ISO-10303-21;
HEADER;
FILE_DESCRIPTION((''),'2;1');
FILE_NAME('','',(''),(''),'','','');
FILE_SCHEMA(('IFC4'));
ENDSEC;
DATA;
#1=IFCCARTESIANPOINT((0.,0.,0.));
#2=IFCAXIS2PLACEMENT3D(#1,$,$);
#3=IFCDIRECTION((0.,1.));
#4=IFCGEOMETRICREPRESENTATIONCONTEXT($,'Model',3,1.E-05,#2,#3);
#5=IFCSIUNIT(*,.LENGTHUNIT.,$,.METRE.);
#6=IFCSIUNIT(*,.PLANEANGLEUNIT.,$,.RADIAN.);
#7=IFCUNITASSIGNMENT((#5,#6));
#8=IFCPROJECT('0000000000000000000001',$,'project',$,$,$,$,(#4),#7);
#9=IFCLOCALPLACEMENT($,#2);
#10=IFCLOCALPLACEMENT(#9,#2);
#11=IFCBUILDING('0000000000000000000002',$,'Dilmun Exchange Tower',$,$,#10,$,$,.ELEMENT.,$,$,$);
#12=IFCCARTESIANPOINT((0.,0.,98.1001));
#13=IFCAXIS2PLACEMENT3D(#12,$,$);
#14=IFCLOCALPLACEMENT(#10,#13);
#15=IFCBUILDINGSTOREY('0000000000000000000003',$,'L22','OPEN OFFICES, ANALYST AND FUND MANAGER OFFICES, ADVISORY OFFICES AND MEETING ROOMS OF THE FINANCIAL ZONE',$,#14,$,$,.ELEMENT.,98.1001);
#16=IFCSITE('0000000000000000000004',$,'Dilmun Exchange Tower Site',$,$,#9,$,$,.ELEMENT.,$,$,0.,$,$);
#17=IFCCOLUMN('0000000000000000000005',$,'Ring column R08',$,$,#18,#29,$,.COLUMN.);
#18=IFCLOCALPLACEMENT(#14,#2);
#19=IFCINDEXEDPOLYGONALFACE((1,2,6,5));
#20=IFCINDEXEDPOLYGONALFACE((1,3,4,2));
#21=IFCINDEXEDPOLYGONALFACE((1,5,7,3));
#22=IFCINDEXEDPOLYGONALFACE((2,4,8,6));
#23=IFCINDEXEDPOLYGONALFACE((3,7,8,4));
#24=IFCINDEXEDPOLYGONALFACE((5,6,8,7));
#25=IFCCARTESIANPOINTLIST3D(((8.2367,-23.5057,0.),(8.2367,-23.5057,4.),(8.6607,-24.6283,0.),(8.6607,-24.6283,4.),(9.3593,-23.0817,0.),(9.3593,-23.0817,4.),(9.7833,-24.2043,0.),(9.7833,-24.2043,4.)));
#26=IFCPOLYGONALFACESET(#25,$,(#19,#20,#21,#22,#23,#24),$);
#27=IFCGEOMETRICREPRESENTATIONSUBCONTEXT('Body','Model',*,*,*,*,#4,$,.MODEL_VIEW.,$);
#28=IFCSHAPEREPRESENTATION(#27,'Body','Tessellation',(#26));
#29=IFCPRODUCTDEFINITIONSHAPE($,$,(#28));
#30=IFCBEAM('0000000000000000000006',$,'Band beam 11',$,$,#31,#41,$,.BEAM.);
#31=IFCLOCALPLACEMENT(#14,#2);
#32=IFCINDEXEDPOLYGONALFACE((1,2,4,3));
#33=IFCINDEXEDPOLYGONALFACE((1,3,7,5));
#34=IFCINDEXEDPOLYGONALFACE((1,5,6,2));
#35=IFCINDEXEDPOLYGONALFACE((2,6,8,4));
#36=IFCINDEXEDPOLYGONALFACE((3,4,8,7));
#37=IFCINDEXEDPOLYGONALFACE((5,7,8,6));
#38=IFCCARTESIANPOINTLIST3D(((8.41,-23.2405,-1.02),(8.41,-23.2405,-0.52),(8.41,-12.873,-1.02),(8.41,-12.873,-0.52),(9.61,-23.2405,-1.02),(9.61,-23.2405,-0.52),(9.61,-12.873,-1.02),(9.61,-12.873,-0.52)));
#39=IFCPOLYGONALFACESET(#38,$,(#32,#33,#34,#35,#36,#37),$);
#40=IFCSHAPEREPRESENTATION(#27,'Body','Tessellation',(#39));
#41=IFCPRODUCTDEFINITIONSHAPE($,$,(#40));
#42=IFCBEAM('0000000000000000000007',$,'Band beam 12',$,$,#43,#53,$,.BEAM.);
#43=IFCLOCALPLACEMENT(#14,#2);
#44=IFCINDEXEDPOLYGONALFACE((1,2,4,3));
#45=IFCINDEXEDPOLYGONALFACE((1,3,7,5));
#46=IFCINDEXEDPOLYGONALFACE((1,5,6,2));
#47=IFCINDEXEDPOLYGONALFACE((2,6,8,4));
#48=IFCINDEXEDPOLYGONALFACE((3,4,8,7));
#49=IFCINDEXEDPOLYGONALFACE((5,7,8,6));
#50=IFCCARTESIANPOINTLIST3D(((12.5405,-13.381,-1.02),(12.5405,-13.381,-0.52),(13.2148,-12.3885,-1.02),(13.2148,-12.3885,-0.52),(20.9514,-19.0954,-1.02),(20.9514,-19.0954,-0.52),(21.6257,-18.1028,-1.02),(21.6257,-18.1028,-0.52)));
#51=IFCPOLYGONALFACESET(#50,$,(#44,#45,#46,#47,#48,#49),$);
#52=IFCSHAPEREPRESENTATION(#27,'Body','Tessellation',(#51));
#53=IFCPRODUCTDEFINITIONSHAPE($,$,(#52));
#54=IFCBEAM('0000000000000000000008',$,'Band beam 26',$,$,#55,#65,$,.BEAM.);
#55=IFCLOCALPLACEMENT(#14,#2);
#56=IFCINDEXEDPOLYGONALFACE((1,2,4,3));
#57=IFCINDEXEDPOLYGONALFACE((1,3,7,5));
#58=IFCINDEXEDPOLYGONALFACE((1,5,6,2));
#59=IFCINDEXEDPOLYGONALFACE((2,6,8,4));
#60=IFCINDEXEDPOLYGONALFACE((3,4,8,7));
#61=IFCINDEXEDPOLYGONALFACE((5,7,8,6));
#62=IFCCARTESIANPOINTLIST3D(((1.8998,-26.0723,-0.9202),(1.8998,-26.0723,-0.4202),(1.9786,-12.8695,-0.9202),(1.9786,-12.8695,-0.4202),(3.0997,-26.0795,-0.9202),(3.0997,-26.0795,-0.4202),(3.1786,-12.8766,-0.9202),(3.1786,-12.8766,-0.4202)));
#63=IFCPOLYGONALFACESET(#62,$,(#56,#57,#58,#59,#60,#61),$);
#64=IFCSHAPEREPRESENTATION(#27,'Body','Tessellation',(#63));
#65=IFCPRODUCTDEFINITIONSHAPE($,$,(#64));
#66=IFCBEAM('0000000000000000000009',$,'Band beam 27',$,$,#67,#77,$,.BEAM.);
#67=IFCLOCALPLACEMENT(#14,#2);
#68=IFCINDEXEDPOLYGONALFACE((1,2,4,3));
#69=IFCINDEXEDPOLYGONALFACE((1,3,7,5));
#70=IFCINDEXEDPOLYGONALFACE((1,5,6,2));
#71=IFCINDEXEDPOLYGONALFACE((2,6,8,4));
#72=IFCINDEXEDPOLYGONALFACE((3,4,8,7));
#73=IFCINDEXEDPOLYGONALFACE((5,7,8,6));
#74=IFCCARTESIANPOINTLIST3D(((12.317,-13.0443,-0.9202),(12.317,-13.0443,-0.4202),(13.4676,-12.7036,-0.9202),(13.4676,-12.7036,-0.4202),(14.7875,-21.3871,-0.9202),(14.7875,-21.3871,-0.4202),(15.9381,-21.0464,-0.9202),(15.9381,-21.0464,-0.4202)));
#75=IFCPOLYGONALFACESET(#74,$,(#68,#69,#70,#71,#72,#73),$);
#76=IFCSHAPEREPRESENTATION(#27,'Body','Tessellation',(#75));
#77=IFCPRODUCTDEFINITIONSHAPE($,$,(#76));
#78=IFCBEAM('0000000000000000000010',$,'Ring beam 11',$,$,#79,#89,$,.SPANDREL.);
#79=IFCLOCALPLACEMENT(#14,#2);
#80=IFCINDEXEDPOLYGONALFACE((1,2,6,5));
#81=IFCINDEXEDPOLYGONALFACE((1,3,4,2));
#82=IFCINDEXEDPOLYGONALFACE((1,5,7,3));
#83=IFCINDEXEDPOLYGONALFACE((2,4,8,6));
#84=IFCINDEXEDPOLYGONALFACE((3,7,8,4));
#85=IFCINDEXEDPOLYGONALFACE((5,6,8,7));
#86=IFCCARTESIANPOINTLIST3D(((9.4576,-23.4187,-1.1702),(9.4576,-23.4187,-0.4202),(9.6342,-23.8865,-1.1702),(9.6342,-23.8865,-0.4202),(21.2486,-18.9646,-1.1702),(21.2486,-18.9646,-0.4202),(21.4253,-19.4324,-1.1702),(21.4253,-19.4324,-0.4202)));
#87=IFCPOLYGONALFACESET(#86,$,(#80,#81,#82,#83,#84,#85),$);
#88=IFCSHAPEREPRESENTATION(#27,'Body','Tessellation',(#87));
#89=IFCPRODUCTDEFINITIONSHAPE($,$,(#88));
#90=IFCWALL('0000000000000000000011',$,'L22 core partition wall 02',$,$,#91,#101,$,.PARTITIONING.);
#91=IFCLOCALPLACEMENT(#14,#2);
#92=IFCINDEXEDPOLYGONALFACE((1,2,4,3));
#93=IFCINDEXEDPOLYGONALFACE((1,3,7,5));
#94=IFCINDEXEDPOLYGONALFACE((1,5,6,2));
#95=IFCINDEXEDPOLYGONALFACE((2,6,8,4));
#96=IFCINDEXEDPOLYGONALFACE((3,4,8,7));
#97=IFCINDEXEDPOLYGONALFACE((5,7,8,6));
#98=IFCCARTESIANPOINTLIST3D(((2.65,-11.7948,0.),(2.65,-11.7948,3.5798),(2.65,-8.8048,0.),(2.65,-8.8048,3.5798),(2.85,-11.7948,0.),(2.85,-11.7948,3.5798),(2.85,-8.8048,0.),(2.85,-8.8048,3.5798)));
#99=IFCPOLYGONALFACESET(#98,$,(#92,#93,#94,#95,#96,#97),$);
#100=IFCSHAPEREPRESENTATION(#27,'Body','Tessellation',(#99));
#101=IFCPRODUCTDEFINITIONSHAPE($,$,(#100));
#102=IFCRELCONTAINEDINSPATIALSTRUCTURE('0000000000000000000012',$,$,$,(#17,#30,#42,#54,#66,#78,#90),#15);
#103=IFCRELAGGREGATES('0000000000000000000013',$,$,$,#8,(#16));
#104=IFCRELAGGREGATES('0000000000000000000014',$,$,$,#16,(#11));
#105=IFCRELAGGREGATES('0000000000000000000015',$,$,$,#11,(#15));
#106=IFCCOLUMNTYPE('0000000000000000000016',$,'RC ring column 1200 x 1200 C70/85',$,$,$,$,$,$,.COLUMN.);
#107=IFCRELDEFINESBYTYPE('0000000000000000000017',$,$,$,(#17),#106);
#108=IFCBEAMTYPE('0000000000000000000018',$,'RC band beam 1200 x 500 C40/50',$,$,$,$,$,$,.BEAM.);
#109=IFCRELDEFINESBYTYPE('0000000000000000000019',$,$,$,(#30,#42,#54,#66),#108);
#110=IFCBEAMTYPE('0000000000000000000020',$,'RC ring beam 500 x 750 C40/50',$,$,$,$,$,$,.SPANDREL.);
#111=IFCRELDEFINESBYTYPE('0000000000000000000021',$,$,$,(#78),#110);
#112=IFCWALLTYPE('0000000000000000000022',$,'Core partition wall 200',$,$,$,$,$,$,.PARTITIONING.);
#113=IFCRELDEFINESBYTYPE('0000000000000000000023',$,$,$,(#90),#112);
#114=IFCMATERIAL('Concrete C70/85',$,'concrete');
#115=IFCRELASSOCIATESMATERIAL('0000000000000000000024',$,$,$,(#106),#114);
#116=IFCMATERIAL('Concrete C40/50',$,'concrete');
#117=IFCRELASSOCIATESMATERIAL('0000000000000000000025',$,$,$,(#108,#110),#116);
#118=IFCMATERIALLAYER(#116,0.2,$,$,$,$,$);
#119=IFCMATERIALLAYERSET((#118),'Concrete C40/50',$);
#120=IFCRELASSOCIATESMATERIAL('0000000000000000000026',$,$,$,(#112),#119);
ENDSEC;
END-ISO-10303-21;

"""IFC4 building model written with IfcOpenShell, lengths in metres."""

from ifc_helpers import new_model, si_unit, direction, frame, frame_2d, origin, origin_2d, place, context, subcontext, project, spatial, rectangle, extrude, material, layer, layer_set, material_profile, profile_set, type_object, element, save


model = new_model("IFC4")

# Units and contexts
model_context = context("Model", 3, precision=1e-05, world=origin(), true_north=direction((0.0, 1.0)))
body_context = subcontext(model_context, "Body", "Model", "MODEL_VIEW")
ifc_project = project(units=[si_unit("LENGTHUNIT", "METRE"), si_unit("PLANEANGLEUNIT", "RADIAN")], contexts=[model_context])

# Site, building, storey
site_placement = place(None, origin())
site = spatial("IfcSite", under=ifc_project, at=site_placement, Name="Dilmun Exchange Tower Site", CompositionType="ELEMENT", RefElevation=0.0)
building_placement = place(site_placement, origin())
building = spatial("IfcBuilding", under=site, at=building_placement, Name="Dilmun Exchange Tower", CompositionType="ELEMENT")
storey_placement = place(building_placement, frame((0.0, 0.0, 98.1001)))
storey = spatial("IfcBuildingStorey", under=building, at=storey_placement, Name="L22", Description="OPEN OFFICES, ANALYST AND FUND MANAGER OFFICES, ADVISORY OFFICES AND MEETING ROOMS OF THE FINANCIAL ZONE", CompositionType="ELEMENT", Elevation=98.1001)

# Column
ifc_material_1 = material(Name="Concrete C70/85", Category="concrete")
ifc_material_profile_1 = material_profile(ifc_material_1, rectangle(XDim=1.2, YDim=1.2, at=origin_2d()), Name="1200 x 1200")
ifc_profile_set_1 = profile_set([ifc_material_profile_1], Name="Concrete C70/85")
column_type = type_object("IfcColumnType", Name="RC ring column 1200 x 1200 C70/85", PredefinedType="COLUMN", material=ifc_profile_set_1)
column_placement = place(storey_placement, frame((9.01, -23.855, 0.0), z_axis=(0.0, 0.0, 1.0), x_axis=(0.935492, 0.353349, 0.0)))
element("IfcColumn", 1, at=column_placement, inside=storey, type_object=column_type, Name="Ring column R08", PredefinedType="COLUMN", context=body_context, shape_type="SweptSolid", body=[
    extrude(rectangle(XDim=1.2, YDim=1.2, at=origin_2d()), origin(), (0.0, 0.0, 1.0), 4.0),
])

# Beams
ifc_material_2 = material(Name="Concrete C40/50", Category="concrete")
ifc_material_profile_2 = material_profile(ifc_material_2, rectangle(XDim=1.2, YDim=0.5, at=origin_2d()), Name="1200 x 500")
ifc_profile_set_2 = profile_set([ifc_material_profile_2], Name="Concrete C40/50")
beam_type_1 = type_object("IfcBeamType", Name="RC band beam 1200 x 500 C40/50", PredefinedType="BEAM", material=ifc_profile_set_2)
beam_1_placement = place(storey_placement, frame((9.01, -23.2405, -0.77), z_axis=(0.0, 1.0, 0.0), x_axis=(-1.0, 0.0, 0.0)))
element("IfcBeam", 2, at=beam_1_placement, inside=storey, type_object=beam_type_1, Name="Band beam 11", PredefinedType="BEAM", context=body_context, shape_type="SweptSolid", body=[
    extrude(rectangle(XDim=1.2, YDim=0.5, at=origin_2d()), origin(), (0.0, 0.0, 1.0), 10.3674),
])
beam_2_placement = place(storey_placement, frame((21.2886, -18.5991, -0.77), z_axis=(-0.827157, 0.56197, 0.0), x_axis=(-0.56197, -0.827157, 0.0)))
element("IfcBeam", 3, at=beam_2_placement, inside=storey, type_object=beam_type_1, Name="Band beam 12", PredefinedType="BEAM", context=body_context, shape_type="SweptSolid", body=[
    extrude(rectangle(XDim=1.2, YDim=0.5, at=origin_2d()), origin(), (0.0, 0.0, 1.0), 10.1685),
])
beam_3_placement = place(storey_placement, frame((2.4998, -26.0759, -0.6702), z_axis=(0.005973, 0.999982, 0.0), x_axis=(-0.999982, 0.005973, 0.0)))
element("IfcBeam", 4, at=beam_3_placement, inside=storey, type_object=beam_type_1, Name="Band beam 26", PredefinedType="BEAM", context=body_context, shape_type="SweptSolid", body=[
    extrude(rectangle(XDim=1.2, YDim=0.5, at=origin_2d()), origin(), (0.0, 0.0, 1.0), 13.2031),
])
beam_4_placement = place(storey_placement, frame((15.3628, -21.2168, -0.6702), z_axis=(-0.283933, 0.958844, 0.0), x_axis=(-0.958844, -0.283933, 0.0)))
element("IfcBeam", 5, at=beam_4_placement, inside=storey, type_object=beam_type_1, Name="Band beam 27", PredefinedType="BEAM", context=body_context, shape_type="SweptSolid", body=[
    extrude(rectangle(XDim=1.2, YDim=0.5, at=origin_2d()), origin(), (0.0, 0.0, 1.0), 8.7009),
])
ifc_material_profile_3 = material_profile(ifc_material_2, rectangle(XDim=0.5, YDim=0.75, at=origin_2d()), Name="500 x 750")
ifc_profile_set_3 = profile_set([ifc_material_profile_3], Name="Concrete C40/50")
beam_type_2 = type_object("IfcBeamType", Name="RC ring beam 500 x 750 C40/50", PredefinedType="SPANDREL", material=ifc_profile_set_3)
beam_5_placement = place(storey_placement, frame((9.5459, -23.6526, -0.7952), z_axis=(0.935479, 0.353381, 0.0), x_axis=(-0.353381, 0.935479, 0.0)))
element("IfcBeam", 6, at=beam_5_placement, inside=storey, type_object=beam_type_2, Name="Ring beam 11", PredefinedType="SPANDREL", context=body_context, shape_type="SweptSolid", body=[
    extrude(rectangle(XDim=0.5, YDim=0.75, at=origin_2d()), origin(), (0.0, 0.0, 1.0), 12.6042),
])

# Wall
ifc_layer_1 = layer(ifc_material_2, 0.2)
ifc_layer_set_1 = layer_set([ifc_layer_1], Name="Concrete C40/50")
wall_type_1 = type_object("IfcWallType", Name="Core partition wall 200", PredefinedType="PARTITIONING", material=ifc_layer_set_1)
wall_1_placement = place(storey_placement, frame((2.75, -11.7949, 0.0), z_axis=(0.0, 0.0, 1.0), x_axis=(0.0, 1.0, 0.0)))
element("IfcWall", 7, at=wall_1_placement, inside=storey, type_object=wall_type_1, Name="L22 core partition wall 02", PredefinedType="PARTITIONING", context=body_context, shape_type="SweptSolid", body=[
    extrude(rectangle(XDim=2.99, YDim=0.2, at=frame_2d((1.4951, 0.0))), origin(), (0.0, 0.0, 1.0), 3.5798),
])

save(model, "model.ifc")
